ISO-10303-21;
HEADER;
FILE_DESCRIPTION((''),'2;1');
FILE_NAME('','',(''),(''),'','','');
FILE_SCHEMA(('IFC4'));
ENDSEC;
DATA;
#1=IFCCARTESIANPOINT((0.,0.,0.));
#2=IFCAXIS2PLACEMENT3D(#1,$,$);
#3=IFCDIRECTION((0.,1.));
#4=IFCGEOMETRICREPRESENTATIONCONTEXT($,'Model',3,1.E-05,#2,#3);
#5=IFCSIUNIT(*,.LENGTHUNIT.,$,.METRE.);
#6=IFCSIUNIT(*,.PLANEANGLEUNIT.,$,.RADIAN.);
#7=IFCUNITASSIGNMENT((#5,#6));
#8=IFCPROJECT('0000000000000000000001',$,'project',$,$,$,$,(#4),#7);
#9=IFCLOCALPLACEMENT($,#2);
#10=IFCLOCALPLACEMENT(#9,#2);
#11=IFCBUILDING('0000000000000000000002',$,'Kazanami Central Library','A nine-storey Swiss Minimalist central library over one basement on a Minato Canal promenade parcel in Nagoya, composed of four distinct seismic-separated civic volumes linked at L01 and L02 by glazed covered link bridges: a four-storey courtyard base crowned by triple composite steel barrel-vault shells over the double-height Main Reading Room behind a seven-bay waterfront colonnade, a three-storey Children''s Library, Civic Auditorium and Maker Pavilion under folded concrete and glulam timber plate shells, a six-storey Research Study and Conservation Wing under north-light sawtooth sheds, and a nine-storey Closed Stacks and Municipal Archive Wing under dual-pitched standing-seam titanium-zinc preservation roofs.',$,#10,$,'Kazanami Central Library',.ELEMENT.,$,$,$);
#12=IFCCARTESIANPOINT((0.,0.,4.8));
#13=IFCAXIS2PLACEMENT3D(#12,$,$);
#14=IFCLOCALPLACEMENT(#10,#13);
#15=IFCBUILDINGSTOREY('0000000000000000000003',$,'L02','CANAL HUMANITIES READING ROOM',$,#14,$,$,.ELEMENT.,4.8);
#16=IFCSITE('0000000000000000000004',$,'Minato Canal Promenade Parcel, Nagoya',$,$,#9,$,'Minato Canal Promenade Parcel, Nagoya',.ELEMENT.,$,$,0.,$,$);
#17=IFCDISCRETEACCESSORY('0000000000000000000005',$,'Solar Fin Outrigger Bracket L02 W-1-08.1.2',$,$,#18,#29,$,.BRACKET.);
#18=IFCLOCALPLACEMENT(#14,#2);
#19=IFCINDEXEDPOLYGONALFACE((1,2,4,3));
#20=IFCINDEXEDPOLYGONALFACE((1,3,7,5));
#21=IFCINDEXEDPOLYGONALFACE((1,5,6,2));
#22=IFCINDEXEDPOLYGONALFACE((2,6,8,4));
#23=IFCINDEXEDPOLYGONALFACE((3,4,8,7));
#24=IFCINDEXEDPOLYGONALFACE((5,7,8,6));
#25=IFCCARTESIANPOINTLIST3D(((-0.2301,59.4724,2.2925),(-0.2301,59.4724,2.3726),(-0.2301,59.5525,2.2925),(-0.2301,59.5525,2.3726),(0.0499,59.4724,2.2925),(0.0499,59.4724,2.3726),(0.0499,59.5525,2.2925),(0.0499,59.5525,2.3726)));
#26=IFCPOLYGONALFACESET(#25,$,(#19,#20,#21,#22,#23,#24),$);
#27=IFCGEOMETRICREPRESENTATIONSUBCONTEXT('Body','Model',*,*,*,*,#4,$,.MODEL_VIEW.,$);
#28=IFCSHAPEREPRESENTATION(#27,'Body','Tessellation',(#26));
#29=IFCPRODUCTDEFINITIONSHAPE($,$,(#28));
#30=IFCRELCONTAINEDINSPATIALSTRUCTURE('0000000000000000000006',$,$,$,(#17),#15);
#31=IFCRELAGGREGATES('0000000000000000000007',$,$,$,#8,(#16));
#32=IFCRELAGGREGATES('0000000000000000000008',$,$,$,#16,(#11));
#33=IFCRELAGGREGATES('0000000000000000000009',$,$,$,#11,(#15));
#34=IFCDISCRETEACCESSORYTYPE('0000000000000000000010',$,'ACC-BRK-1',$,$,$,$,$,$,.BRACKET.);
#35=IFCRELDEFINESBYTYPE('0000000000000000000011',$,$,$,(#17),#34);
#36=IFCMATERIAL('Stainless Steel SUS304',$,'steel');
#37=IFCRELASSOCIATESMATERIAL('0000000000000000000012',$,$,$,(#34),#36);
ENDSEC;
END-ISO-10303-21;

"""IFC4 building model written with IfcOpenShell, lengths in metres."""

from ifc_helpers import new_model, si_unit, direction, frame, origin, origin_2d, place, context, subcontext, project, spatial, rectangle, extrude, material, type_object, element, save


model = new_model("IFC4")

# Units and contexts
model_context = context("Model", 3, precision=1e-05, world=origin(), true_north=direction((0.0, 1.0)))
body_context = subcontext(model_context, "Body", "Model", "MODEL_VIEW")
ifc_project = project(units=[si_unit("LENGTHUNIT", "METRE"), si_unit("PLANEANGLEUNIT", "RADIAN")], contexts=[model_context])

# Site, building, storey
site_placement = place(None, origin())
site = spatial("IfcSite", under=ifc_project, at=site_placement, Name="Minato Canal Promenade Parcel, Nagoya", LongName="Minato Canal Promenade Parcel, Nagoya", CompositionType="ELEMENT", RefElevation=0.0)
building_placement = place(site_placement, origin())
building = spatial("IfcBuilding", under=site, at=building_placement, Name="Kazanami Central Library", Description="A nine-storey Swiss Minimalist central library over one basement on a Minato Canal promenade parcel in Nagoya, composed of four distinct seismic-separated civic volumes linked at L01 and L02 by glazed covered link bridges: a four-storey courtyard base crowned by triple composite steel barrel-vault shells over the double-height Main Reading Room behind a seven-bay waterfront colonnade, a three-storey Children's Library, Civic Auditorium and Maker Pavilion under folded concrete and glulam timber plate shells, a six-storey Research Study and Conservation Wing under north-light sawtooth sheds, and a nine-storey Closed Stacks and Municipal Archive Wing under dual-pitched standing-seam titanium-zinc preservation roofs.", LongName="Kazanami Central Library", CompositionType="ELEMENT")
storey_placement = place(building_placement, frame((0.0, 0.0, 4.8)))
storey = spatial("IfcBuildingStorey", under=building, at=storey_placement, Name="L02", Description="CANAL HUMANITIES READING ROOM", CompositionType="ELEMENT", Elevation=4.8)

# Discrete accessory
ifc_material_1 = material(Name="Stainless Steel SUS304", Category="steel")
discrete_accessory_type = type_object("IfcDiscreteAccessoryType", Name="ACC-BRK-1", PredefinedType="BRACKET", material=ifc_material_1)
for number, where, z_axis, x_axis, name in (
    (1, (-0.0901, 59.5125, 2.2925), (0.0, 0.0, 1.0), (0.0, 1.0, 0.0), "Solar Fin Outrigger Bracket L02 W-1-08.1.2"),
):
    element("IfcDiscreteAccessory", number, at=place(storey_placement, frame(where, z_axis=z_axis, x_axis=x_axis)), inside=storey, type_object=discrete_accessory_type, Name=name, PredefinedType="BRACKET", context=body_context, shape_type="SweptSolid", body=[
        extrude(rectangle(XDim=0.0801, YDim=0.28, at=origin_2d()), origin(), (0.0, 0.0, 1.0), 0.0801),
    ])

save(model, "model.ifc")
